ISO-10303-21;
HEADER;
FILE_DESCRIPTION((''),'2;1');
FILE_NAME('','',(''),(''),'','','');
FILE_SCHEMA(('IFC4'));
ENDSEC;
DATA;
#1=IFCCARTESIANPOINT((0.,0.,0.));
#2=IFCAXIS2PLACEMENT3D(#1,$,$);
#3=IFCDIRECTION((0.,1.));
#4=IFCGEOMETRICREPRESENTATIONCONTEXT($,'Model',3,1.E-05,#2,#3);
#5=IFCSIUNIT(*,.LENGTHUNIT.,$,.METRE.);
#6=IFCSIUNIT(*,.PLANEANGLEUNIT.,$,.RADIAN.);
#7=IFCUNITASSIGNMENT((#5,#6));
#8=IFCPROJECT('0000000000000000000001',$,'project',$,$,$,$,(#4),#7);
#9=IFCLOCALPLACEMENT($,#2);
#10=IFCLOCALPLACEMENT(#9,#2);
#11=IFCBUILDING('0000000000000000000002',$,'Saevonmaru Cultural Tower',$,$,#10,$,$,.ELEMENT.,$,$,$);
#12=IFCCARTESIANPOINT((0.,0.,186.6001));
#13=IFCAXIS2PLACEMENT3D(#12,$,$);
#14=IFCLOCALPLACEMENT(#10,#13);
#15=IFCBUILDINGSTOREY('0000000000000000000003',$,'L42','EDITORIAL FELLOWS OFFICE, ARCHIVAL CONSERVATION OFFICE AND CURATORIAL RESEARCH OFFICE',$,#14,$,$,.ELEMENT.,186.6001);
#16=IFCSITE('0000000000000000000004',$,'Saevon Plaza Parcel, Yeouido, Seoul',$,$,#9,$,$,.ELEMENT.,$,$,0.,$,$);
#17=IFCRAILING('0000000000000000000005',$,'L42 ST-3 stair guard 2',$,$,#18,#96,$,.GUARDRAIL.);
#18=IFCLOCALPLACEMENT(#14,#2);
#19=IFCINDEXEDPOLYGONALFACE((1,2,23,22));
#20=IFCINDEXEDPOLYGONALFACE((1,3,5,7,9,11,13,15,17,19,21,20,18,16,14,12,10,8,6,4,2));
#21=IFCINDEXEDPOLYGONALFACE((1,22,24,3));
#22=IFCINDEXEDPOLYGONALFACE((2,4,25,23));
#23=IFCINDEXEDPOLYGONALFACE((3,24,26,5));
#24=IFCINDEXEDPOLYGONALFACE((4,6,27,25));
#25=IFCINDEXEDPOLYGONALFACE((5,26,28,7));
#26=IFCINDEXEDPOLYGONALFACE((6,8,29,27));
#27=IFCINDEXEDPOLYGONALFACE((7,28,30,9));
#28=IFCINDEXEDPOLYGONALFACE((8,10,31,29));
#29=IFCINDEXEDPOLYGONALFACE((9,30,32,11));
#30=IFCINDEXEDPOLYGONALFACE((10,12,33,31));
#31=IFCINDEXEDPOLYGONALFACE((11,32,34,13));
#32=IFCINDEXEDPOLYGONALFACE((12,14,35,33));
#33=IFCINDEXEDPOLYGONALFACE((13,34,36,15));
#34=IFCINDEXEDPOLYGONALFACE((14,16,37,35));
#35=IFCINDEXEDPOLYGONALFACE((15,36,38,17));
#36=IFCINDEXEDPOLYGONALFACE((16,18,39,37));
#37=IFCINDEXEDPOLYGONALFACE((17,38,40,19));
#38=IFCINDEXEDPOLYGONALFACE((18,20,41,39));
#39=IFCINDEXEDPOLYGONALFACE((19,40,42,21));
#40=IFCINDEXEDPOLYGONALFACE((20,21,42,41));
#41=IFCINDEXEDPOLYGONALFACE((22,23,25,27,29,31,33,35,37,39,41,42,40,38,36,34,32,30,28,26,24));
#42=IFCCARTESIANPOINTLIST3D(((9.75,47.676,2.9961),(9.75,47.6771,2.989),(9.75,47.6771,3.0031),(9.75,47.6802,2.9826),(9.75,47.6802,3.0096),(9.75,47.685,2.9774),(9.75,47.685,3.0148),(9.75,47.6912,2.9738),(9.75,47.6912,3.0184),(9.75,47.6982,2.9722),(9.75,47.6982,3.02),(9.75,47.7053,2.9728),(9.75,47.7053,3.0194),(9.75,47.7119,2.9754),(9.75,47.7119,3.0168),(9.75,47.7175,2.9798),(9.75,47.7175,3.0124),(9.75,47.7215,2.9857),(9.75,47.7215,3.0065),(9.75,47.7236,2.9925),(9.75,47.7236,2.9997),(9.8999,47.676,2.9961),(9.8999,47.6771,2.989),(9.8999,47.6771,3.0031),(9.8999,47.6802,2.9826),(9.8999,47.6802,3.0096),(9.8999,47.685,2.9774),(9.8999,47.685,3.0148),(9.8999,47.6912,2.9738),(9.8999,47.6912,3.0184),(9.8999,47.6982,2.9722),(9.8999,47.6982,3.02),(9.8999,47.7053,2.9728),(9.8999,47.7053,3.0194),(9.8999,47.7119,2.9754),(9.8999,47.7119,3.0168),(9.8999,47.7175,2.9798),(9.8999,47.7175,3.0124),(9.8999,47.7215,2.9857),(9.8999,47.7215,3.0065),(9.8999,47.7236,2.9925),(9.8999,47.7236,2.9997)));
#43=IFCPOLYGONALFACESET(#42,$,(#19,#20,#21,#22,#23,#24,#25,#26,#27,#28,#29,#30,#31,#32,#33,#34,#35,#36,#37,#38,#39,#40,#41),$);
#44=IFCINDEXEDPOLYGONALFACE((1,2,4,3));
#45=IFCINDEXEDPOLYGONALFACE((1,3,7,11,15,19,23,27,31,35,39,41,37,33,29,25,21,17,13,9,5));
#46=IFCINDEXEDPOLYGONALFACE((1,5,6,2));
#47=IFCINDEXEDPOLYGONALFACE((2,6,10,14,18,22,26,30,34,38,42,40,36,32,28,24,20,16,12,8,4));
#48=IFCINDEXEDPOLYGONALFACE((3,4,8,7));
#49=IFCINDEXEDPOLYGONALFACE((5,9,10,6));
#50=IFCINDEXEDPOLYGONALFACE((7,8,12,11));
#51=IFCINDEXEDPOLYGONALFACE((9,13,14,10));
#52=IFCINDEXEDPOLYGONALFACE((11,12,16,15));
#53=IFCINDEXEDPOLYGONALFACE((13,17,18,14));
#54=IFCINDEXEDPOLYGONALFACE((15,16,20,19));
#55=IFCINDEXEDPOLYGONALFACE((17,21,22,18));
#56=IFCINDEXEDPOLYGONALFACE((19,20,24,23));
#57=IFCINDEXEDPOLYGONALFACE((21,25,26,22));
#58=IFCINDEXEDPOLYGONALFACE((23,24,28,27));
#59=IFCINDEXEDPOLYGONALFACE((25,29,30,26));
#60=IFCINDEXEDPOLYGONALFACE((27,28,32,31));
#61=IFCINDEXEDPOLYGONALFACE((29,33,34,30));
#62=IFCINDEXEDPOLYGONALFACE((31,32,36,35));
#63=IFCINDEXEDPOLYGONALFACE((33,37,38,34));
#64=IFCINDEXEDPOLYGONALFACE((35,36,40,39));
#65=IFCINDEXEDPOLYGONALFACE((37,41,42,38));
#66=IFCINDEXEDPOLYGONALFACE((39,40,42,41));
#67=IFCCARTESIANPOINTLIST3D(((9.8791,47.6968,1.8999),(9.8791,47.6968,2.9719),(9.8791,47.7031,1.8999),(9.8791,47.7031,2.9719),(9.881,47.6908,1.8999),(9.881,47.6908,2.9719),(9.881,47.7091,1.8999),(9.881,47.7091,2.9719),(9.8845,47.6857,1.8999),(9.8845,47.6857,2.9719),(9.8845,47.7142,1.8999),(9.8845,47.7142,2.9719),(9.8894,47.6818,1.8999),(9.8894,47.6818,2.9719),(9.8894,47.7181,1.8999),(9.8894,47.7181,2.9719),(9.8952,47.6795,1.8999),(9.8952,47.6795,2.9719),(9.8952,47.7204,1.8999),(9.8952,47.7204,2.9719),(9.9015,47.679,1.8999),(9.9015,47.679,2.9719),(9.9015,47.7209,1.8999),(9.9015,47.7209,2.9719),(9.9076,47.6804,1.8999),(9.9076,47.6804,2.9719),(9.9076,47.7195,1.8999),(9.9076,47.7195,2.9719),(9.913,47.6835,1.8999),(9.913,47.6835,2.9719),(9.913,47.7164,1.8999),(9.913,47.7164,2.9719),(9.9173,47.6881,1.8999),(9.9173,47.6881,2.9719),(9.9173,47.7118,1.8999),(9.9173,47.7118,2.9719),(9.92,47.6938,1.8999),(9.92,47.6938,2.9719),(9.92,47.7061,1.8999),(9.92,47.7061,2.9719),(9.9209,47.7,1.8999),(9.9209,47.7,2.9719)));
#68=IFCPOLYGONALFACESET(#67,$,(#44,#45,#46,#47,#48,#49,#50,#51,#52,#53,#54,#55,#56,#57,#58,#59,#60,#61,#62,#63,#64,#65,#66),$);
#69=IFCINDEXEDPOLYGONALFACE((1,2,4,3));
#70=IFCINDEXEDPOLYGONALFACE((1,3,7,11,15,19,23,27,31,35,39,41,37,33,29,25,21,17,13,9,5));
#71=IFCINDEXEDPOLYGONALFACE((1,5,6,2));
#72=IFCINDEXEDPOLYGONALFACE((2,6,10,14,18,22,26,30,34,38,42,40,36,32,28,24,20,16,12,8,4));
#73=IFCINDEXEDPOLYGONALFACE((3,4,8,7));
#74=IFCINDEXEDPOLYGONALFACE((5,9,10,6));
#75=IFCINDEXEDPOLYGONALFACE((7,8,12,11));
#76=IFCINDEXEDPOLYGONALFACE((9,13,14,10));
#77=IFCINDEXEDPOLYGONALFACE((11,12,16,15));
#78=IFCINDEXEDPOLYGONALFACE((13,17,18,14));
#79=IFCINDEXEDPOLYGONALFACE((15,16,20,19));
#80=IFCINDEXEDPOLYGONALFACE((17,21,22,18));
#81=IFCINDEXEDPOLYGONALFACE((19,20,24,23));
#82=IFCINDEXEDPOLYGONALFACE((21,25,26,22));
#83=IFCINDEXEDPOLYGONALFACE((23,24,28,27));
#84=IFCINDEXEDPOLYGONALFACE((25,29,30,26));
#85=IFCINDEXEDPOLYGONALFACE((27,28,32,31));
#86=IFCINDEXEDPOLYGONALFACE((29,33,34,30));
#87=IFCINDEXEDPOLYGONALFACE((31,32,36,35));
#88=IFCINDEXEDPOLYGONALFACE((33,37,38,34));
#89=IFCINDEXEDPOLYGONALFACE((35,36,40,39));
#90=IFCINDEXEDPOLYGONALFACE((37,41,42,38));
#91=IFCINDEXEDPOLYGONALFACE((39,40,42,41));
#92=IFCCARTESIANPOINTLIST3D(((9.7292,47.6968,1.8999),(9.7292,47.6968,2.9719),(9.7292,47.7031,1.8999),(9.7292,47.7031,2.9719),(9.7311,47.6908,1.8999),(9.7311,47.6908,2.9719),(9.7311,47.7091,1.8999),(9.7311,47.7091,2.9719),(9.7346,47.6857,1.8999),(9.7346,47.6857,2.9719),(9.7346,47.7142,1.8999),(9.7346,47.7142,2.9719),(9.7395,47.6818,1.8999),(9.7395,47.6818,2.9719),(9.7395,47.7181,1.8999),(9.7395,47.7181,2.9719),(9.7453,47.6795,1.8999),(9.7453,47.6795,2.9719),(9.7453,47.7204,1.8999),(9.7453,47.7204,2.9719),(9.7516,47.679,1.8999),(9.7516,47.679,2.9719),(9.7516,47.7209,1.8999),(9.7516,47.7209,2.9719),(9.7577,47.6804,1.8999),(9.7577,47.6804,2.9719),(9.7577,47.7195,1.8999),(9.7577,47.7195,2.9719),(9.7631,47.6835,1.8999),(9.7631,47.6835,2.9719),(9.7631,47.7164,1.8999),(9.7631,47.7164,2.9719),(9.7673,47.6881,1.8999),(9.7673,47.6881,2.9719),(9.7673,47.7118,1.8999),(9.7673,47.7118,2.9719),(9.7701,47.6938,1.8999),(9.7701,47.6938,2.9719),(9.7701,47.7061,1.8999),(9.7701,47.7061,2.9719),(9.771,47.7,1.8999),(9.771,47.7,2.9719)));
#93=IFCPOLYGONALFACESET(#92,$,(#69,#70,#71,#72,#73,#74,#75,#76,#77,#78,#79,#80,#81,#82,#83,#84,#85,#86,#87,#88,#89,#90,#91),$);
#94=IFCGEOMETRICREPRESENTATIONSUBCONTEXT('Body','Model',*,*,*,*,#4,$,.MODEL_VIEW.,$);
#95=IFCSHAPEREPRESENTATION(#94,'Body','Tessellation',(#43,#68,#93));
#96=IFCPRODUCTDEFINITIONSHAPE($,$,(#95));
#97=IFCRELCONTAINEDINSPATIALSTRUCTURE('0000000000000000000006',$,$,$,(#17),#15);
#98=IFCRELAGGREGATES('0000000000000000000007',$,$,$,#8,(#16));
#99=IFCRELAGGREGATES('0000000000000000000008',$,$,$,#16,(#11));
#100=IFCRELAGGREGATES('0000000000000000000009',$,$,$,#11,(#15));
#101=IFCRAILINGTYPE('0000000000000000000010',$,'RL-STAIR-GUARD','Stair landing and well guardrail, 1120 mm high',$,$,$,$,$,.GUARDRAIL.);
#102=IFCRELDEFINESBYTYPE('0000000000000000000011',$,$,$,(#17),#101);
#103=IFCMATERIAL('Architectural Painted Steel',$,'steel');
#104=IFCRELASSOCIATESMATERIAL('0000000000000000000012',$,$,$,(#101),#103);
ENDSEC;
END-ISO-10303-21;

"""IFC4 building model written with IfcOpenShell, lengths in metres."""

from ifc_helpers import new_model, si_unit, direction, frame, origin, origin_2d, place, context, subcontext, project, spatial, circle, extrude, material, type_object, element, save


model = new_model("IFC4")

# Units and contexts
model_context = context("Model", 3, precision=1e-05, world=origin(), true_north=direction((0.0, 1.0)))
body_context = subcontext(model_context, "Body", "Model", "MODEL_VIEW")
ifc_project = project(units=[si_unit("LENGTHUNIT", "METRE"), si_unit("PLANEANGLEUNIT", "RADIAN")], contexts=[model_context])

# Site, building, storey
site_placement = place(None, origin())
site = spatial("IfcSite", under=ifc_project, at=site_placement, Name="Saevon Plaza Parcel, Yeouido, Seoul", CompositionType="ELEMENT", RefElevation=0.0)
building_placement = place(site_placement, origin())
building = spatial("IfcBuilding", under=site, at=building_placement, Name="Saevonmaru Cultural Tower", CompositionType="ELEMENT")
storey_placement = place(building_placement, frame((0.0, 0.0, 186.6001)))
storey = spatial("IfcBuildingStorey", under=building, at=storey_placement, Name="L42", Description="EDITORIAL FELLOWS OFFICE, ARCHIVAL CONSERVATION OFFICE AND CURATORIAL RESEARCH OFFICE", CompositionType="ELEMENT", Elevation=186.6001)

# Railing
ifc_material_1 = material(Name="Architectural Painted Steel", Category="steel")
railing_type_1 = type_object("IfcRailingType", Name="RL-STAIR-GUARD", Description="Stair landing and well guardrail, 1120 mm high", PredefinedType="GUARDRAIL", material=ifc_material_1)
railing_1_placement = place(storey_placement, frame((9.8999, 47.7, 1.8999)))
element("IfcRailing", 1, at=railing_1_placement, inside=storey, type_object=railing_type_1, Name="L42 ST-3 stair guard 2", PredefinedType="GUARDRAIL", context=body_context, shape_type="SweptSolid", body=[
    extrude(circle(Radius=0.0239, at=origin_2d()), frame((0.0, 0.0, 1.0962), z_axis=(-1.0, 0.0, 0.0), x_axis=(0.0, -1.0, 0.0)), (0.0, 0.0, 1.0), 0.1499),
    extrude(circle(Radius=0.021, at=origin_2d()), origin(), (0.0, 0.0, 1.0), 1.072),
    extrude(circle(Radius=0.021, at=origin_2d()), frame((-0.1499, 0.0, 0.0)), (0.0, 0.0, 1.0), 1.072),
])

save(model, "model.ifc")
